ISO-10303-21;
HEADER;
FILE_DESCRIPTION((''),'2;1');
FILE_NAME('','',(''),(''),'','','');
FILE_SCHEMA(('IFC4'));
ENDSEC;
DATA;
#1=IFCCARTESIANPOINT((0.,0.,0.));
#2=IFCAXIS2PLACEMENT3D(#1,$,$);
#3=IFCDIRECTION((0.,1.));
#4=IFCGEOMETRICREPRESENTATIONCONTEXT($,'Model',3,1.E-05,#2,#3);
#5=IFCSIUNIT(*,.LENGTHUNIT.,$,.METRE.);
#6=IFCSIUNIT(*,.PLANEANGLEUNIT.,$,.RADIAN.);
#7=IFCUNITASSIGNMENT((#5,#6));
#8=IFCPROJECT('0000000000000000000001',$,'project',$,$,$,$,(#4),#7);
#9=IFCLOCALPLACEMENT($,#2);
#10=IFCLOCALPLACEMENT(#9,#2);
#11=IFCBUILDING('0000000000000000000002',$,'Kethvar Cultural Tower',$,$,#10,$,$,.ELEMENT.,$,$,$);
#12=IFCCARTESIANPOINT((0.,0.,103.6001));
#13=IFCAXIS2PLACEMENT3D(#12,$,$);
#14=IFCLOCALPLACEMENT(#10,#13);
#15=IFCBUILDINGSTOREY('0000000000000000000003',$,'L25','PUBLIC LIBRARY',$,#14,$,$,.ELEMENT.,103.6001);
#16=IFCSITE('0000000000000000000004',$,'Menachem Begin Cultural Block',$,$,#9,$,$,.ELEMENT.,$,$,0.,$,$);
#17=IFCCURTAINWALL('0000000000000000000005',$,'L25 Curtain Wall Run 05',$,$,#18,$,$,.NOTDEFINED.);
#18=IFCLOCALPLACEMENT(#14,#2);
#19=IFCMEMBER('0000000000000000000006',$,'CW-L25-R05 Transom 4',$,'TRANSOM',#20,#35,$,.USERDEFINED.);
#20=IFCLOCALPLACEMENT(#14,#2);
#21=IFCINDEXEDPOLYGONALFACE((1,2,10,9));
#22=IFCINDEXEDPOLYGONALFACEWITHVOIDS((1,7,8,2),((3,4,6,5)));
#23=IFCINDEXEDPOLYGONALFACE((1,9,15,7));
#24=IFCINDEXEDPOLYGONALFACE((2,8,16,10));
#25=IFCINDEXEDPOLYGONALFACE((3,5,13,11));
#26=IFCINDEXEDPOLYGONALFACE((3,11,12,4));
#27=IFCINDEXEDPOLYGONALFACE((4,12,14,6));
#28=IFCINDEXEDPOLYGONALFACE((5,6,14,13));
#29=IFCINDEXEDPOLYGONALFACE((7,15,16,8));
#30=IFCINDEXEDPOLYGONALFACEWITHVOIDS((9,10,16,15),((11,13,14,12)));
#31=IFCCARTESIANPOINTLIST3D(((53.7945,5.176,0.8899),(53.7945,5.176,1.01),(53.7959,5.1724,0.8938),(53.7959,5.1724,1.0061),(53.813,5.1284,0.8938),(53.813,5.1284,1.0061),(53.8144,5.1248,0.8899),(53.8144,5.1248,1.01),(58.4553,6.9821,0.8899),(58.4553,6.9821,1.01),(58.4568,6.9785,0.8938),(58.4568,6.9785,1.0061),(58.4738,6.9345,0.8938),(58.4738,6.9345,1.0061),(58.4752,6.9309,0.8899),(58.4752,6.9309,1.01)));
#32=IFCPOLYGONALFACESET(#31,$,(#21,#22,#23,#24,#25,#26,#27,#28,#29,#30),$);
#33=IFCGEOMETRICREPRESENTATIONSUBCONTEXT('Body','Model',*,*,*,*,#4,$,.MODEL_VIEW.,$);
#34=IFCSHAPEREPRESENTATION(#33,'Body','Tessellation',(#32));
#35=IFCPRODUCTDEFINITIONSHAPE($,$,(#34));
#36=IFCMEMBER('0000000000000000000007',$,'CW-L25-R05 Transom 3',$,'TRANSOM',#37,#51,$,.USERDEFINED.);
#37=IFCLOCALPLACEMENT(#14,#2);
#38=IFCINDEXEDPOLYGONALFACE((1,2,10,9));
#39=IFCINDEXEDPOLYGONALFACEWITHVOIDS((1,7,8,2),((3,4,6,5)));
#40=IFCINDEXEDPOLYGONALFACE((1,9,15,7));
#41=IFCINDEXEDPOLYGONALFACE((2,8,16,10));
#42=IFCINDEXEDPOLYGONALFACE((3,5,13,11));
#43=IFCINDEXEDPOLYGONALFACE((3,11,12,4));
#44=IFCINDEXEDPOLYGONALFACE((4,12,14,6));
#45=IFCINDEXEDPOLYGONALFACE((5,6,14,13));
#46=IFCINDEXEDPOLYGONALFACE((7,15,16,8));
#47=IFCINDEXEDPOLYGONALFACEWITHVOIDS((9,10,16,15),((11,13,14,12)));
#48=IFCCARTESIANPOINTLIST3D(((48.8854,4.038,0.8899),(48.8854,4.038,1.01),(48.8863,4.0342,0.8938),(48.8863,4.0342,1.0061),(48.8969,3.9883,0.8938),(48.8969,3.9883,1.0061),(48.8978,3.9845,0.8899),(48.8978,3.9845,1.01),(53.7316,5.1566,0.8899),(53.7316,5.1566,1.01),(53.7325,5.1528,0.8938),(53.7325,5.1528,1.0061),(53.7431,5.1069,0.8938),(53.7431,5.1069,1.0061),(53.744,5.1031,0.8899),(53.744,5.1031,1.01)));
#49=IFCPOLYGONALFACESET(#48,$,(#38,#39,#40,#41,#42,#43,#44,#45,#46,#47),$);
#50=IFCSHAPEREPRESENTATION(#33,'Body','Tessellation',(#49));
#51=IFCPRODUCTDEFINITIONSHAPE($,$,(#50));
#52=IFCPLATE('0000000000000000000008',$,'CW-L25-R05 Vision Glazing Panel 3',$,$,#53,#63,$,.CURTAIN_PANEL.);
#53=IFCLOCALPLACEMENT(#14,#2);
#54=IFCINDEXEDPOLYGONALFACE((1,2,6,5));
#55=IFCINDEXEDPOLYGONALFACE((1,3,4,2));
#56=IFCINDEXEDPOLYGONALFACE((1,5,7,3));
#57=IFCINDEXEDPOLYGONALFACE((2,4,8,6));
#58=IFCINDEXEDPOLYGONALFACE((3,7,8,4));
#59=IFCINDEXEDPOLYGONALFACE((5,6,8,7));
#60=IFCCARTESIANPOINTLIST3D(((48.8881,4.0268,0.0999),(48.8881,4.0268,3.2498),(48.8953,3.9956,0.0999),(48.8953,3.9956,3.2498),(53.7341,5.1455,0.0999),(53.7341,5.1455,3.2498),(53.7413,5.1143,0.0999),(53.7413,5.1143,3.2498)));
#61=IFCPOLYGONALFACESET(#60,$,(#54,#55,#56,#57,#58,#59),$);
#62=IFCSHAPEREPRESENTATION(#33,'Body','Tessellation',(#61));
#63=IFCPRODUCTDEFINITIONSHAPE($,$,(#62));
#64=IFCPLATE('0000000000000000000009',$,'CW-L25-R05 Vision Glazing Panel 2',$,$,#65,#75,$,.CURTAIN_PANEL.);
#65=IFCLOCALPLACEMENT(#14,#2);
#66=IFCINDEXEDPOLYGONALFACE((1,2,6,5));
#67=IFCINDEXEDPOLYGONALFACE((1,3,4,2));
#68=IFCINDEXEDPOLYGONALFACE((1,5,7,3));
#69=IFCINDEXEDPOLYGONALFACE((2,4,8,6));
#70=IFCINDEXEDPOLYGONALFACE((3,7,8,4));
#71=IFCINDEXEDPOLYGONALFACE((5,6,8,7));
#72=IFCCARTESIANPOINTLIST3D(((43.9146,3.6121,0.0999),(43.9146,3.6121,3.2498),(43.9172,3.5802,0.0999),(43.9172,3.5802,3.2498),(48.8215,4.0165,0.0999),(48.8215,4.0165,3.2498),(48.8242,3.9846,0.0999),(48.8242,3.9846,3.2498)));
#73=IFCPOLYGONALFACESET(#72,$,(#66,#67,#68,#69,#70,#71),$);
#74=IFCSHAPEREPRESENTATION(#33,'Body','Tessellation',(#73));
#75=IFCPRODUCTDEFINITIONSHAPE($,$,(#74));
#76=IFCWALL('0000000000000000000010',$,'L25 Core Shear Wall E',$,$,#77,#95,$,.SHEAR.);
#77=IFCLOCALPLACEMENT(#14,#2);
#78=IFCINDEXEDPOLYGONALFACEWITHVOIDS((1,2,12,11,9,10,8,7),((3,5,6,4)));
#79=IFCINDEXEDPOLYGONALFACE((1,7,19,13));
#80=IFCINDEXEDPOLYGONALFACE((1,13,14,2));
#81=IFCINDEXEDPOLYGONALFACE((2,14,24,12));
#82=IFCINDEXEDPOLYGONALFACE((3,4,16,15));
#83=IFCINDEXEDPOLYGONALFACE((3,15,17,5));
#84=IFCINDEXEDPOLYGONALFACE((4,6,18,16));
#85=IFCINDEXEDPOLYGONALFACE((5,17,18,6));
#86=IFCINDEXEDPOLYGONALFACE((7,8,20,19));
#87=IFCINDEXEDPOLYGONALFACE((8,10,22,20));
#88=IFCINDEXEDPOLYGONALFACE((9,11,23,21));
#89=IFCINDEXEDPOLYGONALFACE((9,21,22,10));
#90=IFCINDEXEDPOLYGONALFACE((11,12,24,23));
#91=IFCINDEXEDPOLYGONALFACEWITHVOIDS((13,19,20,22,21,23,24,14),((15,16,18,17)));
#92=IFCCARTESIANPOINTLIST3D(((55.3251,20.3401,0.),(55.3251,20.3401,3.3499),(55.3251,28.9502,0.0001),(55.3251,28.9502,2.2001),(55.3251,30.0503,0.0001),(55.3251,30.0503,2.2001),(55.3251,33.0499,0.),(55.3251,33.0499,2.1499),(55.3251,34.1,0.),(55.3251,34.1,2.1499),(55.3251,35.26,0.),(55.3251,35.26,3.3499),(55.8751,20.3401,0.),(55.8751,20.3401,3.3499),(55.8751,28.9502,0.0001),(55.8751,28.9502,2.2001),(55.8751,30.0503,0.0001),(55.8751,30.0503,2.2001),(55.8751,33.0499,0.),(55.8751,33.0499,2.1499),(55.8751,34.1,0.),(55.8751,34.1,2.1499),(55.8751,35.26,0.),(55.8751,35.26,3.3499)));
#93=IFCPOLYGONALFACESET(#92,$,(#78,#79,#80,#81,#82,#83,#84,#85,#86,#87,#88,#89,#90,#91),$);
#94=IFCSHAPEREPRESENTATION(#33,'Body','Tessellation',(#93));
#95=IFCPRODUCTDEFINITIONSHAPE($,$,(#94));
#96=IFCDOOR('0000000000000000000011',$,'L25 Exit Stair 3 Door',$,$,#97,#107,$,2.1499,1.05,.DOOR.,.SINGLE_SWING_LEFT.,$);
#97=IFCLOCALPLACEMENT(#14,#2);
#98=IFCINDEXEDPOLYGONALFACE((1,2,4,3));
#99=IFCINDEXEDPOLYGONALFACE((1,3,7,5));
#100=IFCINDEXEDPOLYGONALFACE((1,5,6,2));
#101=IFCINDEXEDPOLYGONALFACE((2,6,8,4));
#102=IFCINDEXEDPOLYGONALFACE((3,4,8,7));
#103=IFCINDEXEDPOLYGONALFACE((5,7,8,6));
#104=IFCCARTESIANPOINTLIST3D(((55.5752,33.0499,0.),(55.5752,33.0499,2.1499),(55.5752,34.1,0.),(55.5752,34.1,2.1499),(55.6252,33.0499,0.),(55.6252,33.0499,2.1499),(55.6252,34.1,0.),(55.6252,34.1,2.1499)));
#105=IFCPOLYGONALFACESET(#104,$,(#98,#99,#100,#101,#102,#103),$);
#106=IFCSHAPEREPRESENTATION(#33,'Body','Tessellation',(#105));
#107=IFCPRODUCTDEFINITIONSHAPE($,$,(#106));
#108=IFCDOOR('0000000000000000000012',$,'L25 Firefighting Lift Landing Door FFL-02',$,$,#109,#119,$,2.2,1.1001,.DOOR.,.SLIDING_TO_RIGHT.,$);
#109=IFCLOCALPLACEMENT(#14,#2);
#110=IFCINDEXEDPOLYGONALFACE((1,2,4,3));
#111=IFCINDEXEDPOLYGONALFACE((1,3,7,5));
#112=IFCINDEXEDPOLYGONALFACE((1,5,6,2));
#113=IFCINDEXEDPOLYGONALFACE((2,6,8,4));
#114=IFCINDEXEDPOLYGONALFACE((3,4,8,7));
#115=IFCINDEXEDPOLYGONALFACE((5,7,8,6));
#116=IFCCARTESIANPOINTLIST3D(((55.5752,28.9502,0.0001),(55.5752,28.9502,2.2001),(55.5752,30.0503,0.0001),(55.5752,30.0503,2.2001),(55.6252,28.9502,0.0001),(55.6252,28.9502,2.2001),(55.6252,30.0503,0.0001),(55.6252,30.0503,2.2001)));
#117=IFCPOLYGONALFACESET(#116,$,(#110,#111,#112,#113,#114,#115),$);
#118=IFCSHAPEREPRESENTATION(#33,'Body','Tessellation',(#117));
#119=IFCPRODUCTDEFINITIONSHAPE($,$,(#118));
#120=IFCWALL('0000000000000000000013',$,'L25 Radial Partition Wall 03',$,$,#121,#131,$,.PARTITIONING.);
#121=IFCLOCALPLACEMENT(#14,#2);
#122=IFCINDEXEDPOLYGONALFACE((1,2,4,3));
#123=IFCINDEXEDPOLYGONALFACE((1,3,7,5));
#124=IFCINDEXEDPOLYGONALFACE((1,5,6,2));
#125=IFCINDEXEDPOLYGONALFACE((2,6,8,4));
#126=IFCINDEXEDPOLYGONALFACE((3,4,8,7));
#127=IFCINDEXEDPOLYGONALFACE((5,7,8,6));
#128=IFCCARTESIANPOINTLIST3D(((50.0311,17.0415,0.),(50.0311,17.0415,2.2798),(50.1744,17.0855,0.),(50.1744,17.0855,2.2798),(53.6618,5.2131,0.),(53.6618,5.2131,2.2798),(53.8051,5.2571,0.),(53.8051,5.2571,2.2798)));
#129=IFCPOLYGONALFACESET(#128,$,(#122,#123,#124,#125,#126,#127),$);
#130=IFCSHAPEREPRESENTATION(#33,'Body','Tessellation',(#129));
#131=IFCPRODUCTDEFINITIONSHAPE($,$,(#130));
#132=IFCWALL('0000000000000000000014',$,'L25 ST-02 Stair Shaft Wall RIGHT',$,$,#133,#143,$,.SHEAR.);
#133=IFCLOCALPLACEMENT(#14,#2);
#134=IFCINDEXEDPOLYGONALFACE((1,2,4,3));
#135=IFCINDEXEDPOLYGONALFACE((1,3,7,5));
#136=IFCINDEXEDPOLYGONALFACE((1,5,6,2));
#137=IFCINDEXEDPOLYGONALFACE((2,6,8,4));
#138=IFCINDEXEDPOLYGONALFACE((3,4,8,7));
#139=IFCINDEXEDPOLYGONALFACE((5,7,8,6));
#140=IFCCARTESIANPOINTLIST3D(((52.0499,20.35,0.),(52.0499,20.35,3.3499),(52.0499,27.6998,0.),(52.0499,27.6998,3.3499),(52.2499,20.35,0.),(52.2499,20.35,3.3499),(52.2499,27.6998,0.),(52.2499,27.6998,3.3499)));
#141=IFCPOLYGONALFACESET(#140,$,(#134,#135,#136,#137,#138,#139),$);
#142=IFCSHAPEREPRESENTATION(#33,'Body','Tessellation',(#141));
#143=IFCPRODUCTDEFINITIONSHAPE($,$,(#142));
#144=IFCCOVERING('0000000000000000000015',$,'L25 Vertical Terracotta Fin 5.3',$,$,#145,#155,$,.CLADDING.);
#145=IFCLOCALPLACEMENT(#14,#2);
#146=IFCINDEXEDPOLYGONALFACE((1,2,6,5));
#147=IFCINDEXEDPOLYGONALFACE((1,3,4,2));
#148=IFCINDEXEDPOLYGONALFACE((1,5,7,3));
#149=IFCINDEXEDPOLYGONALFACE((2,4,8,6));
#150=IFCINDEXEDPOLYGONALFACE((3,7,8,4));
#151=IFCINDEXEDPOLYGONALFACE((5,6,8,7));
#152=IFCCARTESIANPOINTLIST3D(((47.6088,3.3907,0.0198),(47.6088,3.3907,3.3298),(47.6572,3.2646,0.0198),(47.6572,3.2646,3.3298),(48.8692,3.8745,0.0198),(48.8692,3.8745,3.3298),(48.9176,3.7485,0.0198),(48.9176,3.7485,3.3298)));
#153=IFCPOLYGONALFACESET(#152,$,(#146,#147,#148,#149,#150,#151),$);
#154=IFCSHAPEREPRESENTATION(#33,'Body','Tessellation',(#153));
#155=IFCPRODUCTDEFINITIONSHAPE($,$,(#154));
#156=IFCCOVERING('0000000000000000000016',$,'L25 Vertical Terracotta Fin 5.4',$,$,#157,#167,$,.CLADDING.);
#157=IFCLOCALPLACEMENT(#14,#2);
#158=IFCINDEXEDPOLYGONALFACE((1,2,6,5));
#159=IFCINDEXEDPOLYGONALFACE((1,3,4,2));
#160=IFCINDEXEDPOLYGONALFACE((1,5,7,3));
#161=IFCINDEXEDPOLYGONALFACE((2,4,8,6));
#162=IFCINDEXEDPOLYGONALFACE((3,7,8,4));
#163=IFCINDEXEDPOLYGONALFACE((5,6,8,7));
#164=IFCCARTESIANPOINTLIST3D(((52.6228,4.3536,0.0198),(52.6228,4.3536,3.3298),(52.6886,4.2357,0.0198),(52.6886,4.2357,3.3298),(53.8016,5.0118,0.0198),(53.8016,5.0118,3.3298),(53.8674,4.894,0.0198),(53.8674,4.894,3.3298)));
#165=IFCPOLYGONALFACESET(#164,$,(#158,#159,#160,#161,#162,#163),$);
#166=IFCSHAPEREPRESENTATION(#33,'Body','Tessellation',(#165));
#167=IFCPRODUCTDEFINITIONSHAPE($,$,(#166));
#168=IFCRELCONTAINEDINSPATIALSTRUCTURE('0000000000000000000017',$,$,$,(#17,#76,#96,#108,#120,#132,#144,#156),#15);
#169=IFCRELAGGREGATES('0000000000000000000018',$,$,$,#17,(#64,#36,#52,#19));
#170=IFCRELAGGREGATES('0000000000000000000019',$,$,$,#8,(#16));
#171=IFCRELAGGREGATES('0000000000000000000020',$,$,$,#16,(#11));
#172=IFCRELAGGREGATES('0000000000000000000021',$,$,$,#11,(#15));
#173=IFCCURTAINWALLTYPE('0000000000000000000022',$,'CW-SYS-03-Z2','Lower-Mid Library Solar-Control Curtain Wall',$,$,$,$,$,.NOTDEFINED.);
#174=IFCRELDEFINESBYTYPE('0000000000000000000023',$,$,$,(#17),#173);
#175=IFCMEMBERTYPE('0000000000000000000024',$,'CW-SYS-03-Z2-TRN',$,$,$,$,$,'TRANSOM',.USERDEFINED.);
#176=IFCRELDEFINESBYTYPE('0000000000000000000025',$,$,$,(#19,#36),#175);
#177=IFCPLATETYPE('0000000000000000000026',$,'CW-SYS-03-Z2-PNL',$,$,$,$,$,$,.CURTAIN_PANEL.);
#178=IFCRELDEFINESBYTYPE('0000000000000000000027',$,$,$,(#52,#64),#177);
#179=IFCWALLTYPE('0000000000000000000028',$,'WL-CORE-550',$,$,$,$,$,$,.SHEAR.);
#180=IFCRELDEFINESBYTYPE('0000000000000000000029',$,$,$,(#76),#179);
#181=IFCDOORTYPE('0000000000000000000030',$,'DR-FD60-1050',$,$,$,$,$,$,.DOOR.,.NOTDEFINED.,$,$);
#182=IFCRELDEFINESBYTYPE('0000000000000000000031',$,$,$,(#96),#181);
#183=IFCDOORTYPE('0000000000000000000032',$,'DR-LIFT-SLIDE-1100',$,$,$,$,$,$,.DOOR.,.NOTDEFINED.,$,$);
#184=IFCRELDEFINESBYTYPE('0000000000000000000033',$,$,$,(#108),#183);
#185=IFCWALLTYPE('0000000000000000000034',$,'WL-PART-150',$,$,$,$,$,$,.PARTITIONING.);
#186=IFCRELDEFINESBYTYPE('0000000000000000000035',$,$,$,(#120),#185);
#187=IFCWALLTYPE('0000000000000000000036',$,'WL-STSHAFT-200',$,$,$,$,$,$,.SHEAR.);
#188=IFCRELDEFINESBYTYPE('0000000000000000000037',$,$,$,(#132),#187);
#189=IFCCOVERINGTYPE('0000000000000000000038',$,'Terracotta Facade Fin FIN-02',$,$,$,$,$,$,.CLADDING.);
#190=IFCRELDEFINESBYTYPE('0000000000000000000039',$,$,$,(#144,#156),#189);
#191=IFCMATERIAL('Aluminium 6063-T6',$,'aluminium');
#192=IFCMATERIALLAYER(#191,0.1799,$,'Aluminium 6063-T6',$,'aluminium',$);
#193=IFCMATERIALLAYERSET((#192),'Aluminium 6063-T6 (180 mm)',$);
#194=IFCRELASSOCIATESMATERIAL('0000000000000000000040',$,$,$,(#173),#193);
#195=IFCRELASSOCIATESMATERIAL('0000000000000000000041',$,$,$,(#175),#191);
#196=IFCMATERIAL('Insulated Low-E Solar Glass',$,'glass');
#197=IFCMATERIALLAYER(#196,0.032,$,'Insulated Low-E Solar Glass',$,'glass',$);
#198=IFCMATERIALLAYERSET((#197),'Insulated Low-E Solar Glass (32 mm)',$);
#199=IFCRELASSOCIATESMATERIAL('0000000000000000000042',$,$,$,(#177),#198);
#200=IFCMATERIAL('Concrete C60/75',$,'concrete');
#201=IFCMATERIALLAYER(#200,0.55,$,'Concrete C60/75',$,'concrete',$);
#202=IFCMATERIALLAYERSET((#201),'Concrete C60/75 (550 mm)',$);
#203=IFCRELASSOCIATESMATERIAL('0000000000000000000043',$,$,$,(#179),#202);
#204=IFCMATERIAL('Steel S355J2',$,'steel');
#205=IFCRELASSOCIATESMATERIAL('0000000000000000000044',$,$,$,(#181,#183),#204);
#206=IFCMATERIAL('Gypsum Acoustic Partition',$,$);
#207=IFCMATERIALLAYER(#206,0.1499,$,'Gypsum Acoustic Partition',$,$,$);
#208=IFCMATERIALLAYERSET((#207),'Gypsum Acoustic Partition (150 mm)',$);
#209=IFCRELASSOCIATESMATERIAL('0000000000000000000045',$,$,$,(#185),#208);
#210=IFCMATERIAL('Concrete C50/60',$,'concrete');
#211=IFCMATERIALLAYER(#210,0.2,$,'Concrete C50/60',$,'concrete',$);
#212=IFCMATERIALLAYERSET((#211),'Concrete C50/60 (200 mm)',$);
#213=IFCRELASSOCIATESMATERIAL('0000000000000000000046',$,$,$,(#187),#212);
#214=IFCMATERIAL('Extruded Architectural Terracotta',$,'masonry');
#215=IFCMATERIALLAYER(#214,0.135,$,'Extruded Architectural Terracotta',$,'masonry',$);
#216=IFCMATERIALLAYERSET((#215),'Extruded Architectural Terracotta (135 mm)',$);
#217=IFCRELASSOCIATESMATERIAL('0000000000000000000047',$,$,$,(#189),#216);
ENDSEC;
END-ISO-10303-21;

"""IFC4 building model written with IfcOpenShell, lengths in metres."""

from ifc_helpers import new_model, si_unit, direction, frame, frame_2d, origin, origin_2d, place, context, subcontext, project, spatial, rectangle, hollow_rectangle, extrude, source, transform, mapped, material, layer, layer_set, material_profile, profile_set, type_object, element, fill, aggregate, save


model = new_model("IFC4")

# Units and contexts
model_context = context("Model", 3, precision=1e-05, world=origin(), true_north=direction((0.0, 1.0)))
body_context = subcontext(model_context, "Body", "Model", "MODEL_VIEW")
ifc_project = project(units=[si_unit("LENGTHUNIT", "METRE"), si_unit("PLANEANGLEUNIT", "RADIAN")], contexts=[model_context])

# Site, building, storey
site_placement = place(None, origin())
site = spatial("IfcSite", under=ifc_project, at=site_placement, Name="Menachem Begin Cultural Block", CompositionType="ELEMENT", RefElevation=0.0)
building_placement = place(site_placement, origin())
building = spatial("IfcBuilding", under=site, at=building_placement, Name="Kethvar Cultural Tower", CompositionType="ELEMENT")
storey_placement = place(building_placement, frame((0.0, 0.0, 103.6001)))
storey = spatial("IfcBuildingStorey", under=building, at=storey_placement, Name="L25", Description="PUBLIC LIBRARY", CompositionType="ELEMENT", Elevation=103.6001)

# Shared definitions
ifc_material_1 = material(Name="Steel S355J2", Category="steel")

# Curtain wall, members, plates
ifc_material_2 = material(Name="Aluminium 6063-T6", Category="aluminium")
ifc_layer_1 = layer(ifc_material_2, 0.1799, Name="Aluminium 6063-T6", Category="aluminium")
ifc_layer_set_1 = layer_set([ifc_layer_1], Name="Aluminium 6063-T6 (180 mm)")
curtain_wall_type = type_object("IfcCurtainWallType", Name="CW-SYS-03-Z2", Description="Lower-Mid Library Solar-Control Curtain Wall", PredefinedType="NOTDEFINED", material=ifc_layer_set_1)
curtain_wall_placement = place(storey_placement, origin())
curtain_wall = element("IfcCurtainWall", 1, at=curtain_wall_placement, inside=storey, type_object=curtain_wall_type, Name="L25 Curtain Wall Run 05", PredefinedType="NOTDEFINED")
ifc_material_profile_1 = material_profile(ifc_material_2, hollow_rectangle(XDim=0.0549, YDim=0.1201, WallThickness=0.0039, at=origin_2d()), Name="Aluminium 6063-T6 — RHS120x55x4")
ifc_profile_set_1 = profile_set([ifc_material_profile_1], Name="Aluminium 6063-T6 — RHS120x55x4")
member_type_1 = type_object("IfcMemberType", Name="CW-SYS-03-Z2-TRN", ElementType="TRANSOM", PredefinedType="USERDEFINED", material=ifc_profile_set_1)
shared_shape_1 = source(origin(), body_context, "Body", "SweptSolid", [
    extrude(hollow_rectangle(XDim=0.0549, YDim=0.1201, WallThickness=0.0039, at=origin_2d()), origin(), (0.0, 0.0, 1.0), 4.9985),
])
member_1_placement = place(storey_placement, frame((53.8044, 5.1504, 0.95), z_axis=(0.932438, 0.361331, 0.0), x_axis=(-0.361331, 0.932438, 0.0)))
member_1 = element("IfcMember", 2, at=member_1_placement, type_object=member_type_1, Name="CW-L25-R05 Transom 4", ObjectType="TRANSOM", PredefinedType="USERDEFINED", context=body_context, shape_type="MappedRepresentation", body=[
    mapped(shared_shape_1, transform((0.0, 0.0, 0.0), scale=1.0)),
])
shared_shape_2 = source(origin(), body_context, "Body", "SweptSolid", [
    extrude(hollow_rectangle(XDim=0.0549, YDim=0.1201, WallThickness=0.0039, at=origin_2d()), origin(), (0.0, 0.0, 1.0), 4.9736),
])
member_2_placement = place(storey_placement, frame((48.8916, 4.0112, 0.95), z_axis=(0.974378, 0.224917, 0.0), x_axis=(-0.224917, 0.974378, 0.0)))
member_2 = element("IfcMember", 3, at=member_2_placement, type_object=member_type_1, Name="CW-L25-R05 Transom 3", ObjectType="TRANSOM", PredefinedType="USERDEFINED", context=body_context, shape_type="MappedRepresentation", body=[
    mapped(shared_shape_2, transform((0.0, 0.0, 0.0), scale=1.0)),
])
ifc_material_3 = material(Name="Insulated Low-E Solar Glass", Category="glass")
ifc_layer_2 = layer(ifc_material_3, 0.032, Name="Insulated Low-E Solar Glass", Category="glass")
ifc_layer_set_2 = layer_set([ifc_layer_2], Name="Insulated Low-E Solar Glass (32 mm)")
plate_type = type_object("IfcPlateType", Name="CW-SYS-03-Z2-PNL", PredefinedType="CURTAIN_PANEL", material=ifc_layer_set_2)
shared_shape_3 = source(origin(), body_context, "Body", "SweptSolid", [
    extrude(rectangle(XDim=4.9734, YDim=0.032, at=origin_2d()), origin(), (0.0, 0.0, 1.0), 3.1499),
])
plate_1_placement = place(storey_placement, frame((51.3147, 4.5706, 0.0999), z_axis=(0.0, 0.0, 1.0), x_axis=(0.974374, 0.224934, 0.0)))
plate_1 = element("IfcPlate", 4, at=plate_1_placement, type_object=plate_type, Name="CW-L25-R05 Vision Glazing Panel 3", PredefinedType="CURTAIN_PANEL", context=body_context, shape_type="MappedRepresentation", body=[
    mapped(shared_shape_3, transform((0.0, 0.0, 0.0), scale=1.0)),
])
shared_shape_4 = source(origin(), body_context, "Body", "SweptSolid", [
    extrude(rectangle(XDim=4.9236, YDim=0.032, at=origin_2d()), origin(), (0.0, 0.0, 1.0), 3.1499),
])
plate_2_placement = place(storey_placement, frame((46.3694, 3.7983, 0.0999), z_axis=(0.0, 0.0, 1.0), x_axis=(0.996622, 0.08213, 0.0)))
plate_2 = element("IfcPlate", 5, at=plate_2_placement, type_object=plate_type, Name="CW-L25-R05 Vision Glazing Panel 2", PredefinedType="CURTAIN_PANEL", context=body_context, shape_type="MappedRepresentation", body=[
    mapped(shared_shape_4, transform((0.0, 0.0, 0.0), scale=1.0)),
])
aggregate(curtain_wall, [plate_2, member_2, plate_1, member_1])

# Wall, openings, doors
ifc_material_4 = material(Name="Concrete C60/75", Category="concrete")
ifc_layer_3 = layer(ifc_material_4, 0.55, Name="Concrete C60/75", Category="concrete")
ifc_layer_set_3 = layer_set([ifc_layer_3], Name="Concrete C60/75 (550 mm)")
wall_type_1 = type_object("IfcWallType", Name="WL-CORE-550", PredefinedType="SHEAR", material=ifc_layer_set_3)
wall_1_placement = place(storey_placement, frame((55.6001, 20.3401, 0.0), z_axis=(0.0, 0.0, 1.0), x_axis=(0.0, 1.0, 0.0)))
wall_1 = element("IfcWall", 6, at=wall_1_placement, inside=storey, type_object=wall_type_1, Name="L25 Core Shear Wall E", PredefinedType="SHEAR", context=body_context, shape_type="SweptSolid", body=[
    extrude(rectangle(XDim=14.9199, YDim=0.55, at=frame_2d((7.46, 0.0))), origin(), (0.0, 0.0, 1.0), 3.3499),
])
opening_1_placement = place(wall_1_placement, frame((12.71, 0.0, 0.0)))
opening_1 = element("IfcOpeningElement", 7, at=opening_1_placement, cuts=wall_1, PredefinedType="OPENING", context=body_context, shape_type="SweptSolid", body=[
    extrude(rectangle(XDim=1.05, YDim=2.1499, at=frame_2d((0.5249, 1.075))), frame((0.0, 0.2849, 0.0), z_axis=(0.0, -1.0, 0.0), x_axis=(1.0, 0.0, 0.0)), (0.0, 0.0, 1.0), 0.5701),
])
opening_2_placement = place(wall_1_placement, frame((8.6101, 0.0, 0.0)))
opening_2 = element("IfcOpeningElement", 8, at=opening_2_placement, cuts=wall_1, PredefinedType="OPENING", context=body_context, shape_type="SweptSolid", body=[
    extrude(rectangle(XDim=1.1001, YDim=2.2, at=frame_2d((0.55, 1.1001))), frame((0.0, 0.2849, 0.0), z_axis=(0.0, -1.0, 0.0), x_axis=(1.0, 0.0, 0.0)), (0.0, 0.0, 1.0), 0.5701),
])
door_type_1 = type_object("IfcDoorType", Name="DR-FD60-1050", OperationType="NOTDEFINED", PredefinedType="DOOR", material=ifc_material_1)
shared_shape_5 = source(origin(), body_context, "Body", "SweptSolid", [
    extrude(rectangle(XDim=1.05, YDim=2.1499, at=frame_2d((0.5249, 1.075))), frame((0.0, 0.0249, 0.0), z_axis=(0.0, -1.0, 0.0), x_axis=(1.0, 0.0, 0.0)), (0.0, 0.0, 1.0), 0.05),
])
door_1_placement = place(opening_1_placement, origin())
door_1 = element("IfcDoor", 9, at=door_1_placement, inside=storey, type_object=door_type_1, Name="L25 Exit Stair 3 Door", OperationType="SINGLE_SWING_LEFT", OverallHeight=2.1499, OverallWidth=1.05, PredefinedType="DOOR", context=body_context, shape_type="MappedRepresentation", body=[
    mapped(shared_shape_5, transform((0.0, 0.0, 0.0), scale=1.0)),
])
fill(opening_1, door_1)
door_type_2 = type_object("IfcDoorType", Name="DR-LIFT-SLIDE-1100", OperationType="NOTDEFINED", PredefinedType="DOOR", material=ifc_material_1)
shared_shape_6 = source(origin(), body_context, "Body", "SweptSolid", [
    extrude(rectangle(XDim=1.1001, YDim=2.2, at=frame_2d((0.55, 1.1001))), frame((0.0, 0.0249, 0.0), z_axis=(0.0, -1.0, 0.0), x_axis=(1.0, 0.0, 0.0)), (0.0, 0.0, 1.0), 0.05),
])
door_2_placement = place(opening_2_placement, origin())
door_2 = element("IfcDoor", 10, at=door_2_placement, inside=storey, type_object=door_type_2, Name="L25 Firefighting Lift Landing Door FFL-02", OperationType="SLIDING_TO_RIGHT", OverallHeight=2.2, OverallWidth=1.1001, PredefinedType="DOOR", context=body_context, shape_type="MappedRepresentation", body=[
    mapped(shared_shape_6, transform((0.0, 0.0, 0.0), scale=1.0)),
])
fill(opening_2, door_2)

# Walls
ifc_material_5 = material(Name="Gypsum Acoustic Partition")
ifc_layer_4 = layer(ifc_material_5, 0.1499, Name="Gypsum Acoustic Partition")
ifc_layer_set_4 = layer_set([ifc_layer_4], Name="Gypsum Acoustic Partition (150 mm)")
wall_type_2 = type_object("IfcWallType", Name="WL-PART-150", PredefinedType="PARTITIONING", material=ifc_layer_set_4)
wall_2_placement = place(storey_placement, frame((50.1028, 17.0635, 0.0), z_axis=(0.0, 0.0, 1.0), x_axis=(0.29343, -0.955981, 0.0)))
element("IfcWall", 11, at=wall_2_placement, inside=storey, type_object=wall_type_2, Name="L25 Radial Partition Wall 03", PredefinedType="PARTITIONING", context=body_context, shape_type="SweptSolid", body=[
    extrude(rectangle(XDim=12.373, YDim=0.1499, at=frame_2d((6.1865, 0.0))), origin(), (0.0, 0.0, 1.0), 2.2798),
])
ifc_material_6 = material(Name="Concrete C50/60", Category="concrete")
ifc_layer_5 = layer(ifc_material_6, 0.2, Name="Concrete C50/60", Category="concrete")
ifc_layer_set_5 = layer_set([ifc_layer_5], Name="Concrete C50/60 (200 mm)")
wall_type_3 = type_object("IfcWallType", Name="WL-STSHAFT-200", PredefinedType="SHEAR", material=ifc_layer_set_5)
wall_3_placement = place(storey_placement, frame((52.1499, 20.3501, 0.0), z_axis=(0.0, 0.0, 1.0), x_axis=(0.0, 1.0, 0.0)))
element("IfcWall", 12, at=wall_3_placement, inside=storey, type_object=wall_type_3, Name="L25 ST-02 Stair Shaft Wall RIGHT", PredefinedType="SHEAR", context=body_context, shape_type="SweptSolid", body=[
    extrude(rectangle(XDim=7.3499, YDim=0.2, at=frame_2d((3.6748, 0.0))), origin(), (0.0, 0.0, 1.0), 3.3499),
])

# Coverings
ifc_material_7 = material(Name="Extruded Architectural Terracotta", Category="masonry")
ifc_layer_6 = layer(ifc_material_7, 0.135, Name="Extruded Architectural Terracotta", Category="masonry")
ifc_layer_set_6 = layer_set([ifc_layer_6], Name="Extruded Architectural Terracotta (135 mm)")
covering_type = type_object("IfcCoveringType", Name="Terracotta Facade Fin FIN-02", PredefinedType="CLADDING", material=ifc_layer_set_6)
shared_shape_7 = source(origin(), body_context, "Body", "SweptSolid", [
    extrude(rectangle(XDim=1.3501, YDim=0.135, at=origin_2d()), origin(), (0.0, 0.0, 1.0), 3.3101),
])
for number, where, z_axis, x_axis, name in (
    (13, (48.2632, 3.5696, 0.0198), (0.0, 0.0, 1.0), (-0.93358, -0.358368, 0.0), "L25 Vertical Terracotta Fin 5.3"),
    (14, (53.2451, 4.6238, 0.0198), (0.0, 0.0, 1.0), (-0.873092, -0.487555, 0.0), "L25 Vertical Terracotta Fin 5.4"),
):
    element("IfcCovering", number, at=place(storey_placement, frame(where, z_axis=z_axis, x_axis=x_axis)), inside=storey, type_object=covering_type, Name=name, PredefinedType="CLADDING", context=body_context, shape_type="MappedRepresentation", body=[
        mapped(shared_shape_7, transform((0.0, 0.0, 0.0), scale=1.0)),
    ])

save(model, "model.ifc")
